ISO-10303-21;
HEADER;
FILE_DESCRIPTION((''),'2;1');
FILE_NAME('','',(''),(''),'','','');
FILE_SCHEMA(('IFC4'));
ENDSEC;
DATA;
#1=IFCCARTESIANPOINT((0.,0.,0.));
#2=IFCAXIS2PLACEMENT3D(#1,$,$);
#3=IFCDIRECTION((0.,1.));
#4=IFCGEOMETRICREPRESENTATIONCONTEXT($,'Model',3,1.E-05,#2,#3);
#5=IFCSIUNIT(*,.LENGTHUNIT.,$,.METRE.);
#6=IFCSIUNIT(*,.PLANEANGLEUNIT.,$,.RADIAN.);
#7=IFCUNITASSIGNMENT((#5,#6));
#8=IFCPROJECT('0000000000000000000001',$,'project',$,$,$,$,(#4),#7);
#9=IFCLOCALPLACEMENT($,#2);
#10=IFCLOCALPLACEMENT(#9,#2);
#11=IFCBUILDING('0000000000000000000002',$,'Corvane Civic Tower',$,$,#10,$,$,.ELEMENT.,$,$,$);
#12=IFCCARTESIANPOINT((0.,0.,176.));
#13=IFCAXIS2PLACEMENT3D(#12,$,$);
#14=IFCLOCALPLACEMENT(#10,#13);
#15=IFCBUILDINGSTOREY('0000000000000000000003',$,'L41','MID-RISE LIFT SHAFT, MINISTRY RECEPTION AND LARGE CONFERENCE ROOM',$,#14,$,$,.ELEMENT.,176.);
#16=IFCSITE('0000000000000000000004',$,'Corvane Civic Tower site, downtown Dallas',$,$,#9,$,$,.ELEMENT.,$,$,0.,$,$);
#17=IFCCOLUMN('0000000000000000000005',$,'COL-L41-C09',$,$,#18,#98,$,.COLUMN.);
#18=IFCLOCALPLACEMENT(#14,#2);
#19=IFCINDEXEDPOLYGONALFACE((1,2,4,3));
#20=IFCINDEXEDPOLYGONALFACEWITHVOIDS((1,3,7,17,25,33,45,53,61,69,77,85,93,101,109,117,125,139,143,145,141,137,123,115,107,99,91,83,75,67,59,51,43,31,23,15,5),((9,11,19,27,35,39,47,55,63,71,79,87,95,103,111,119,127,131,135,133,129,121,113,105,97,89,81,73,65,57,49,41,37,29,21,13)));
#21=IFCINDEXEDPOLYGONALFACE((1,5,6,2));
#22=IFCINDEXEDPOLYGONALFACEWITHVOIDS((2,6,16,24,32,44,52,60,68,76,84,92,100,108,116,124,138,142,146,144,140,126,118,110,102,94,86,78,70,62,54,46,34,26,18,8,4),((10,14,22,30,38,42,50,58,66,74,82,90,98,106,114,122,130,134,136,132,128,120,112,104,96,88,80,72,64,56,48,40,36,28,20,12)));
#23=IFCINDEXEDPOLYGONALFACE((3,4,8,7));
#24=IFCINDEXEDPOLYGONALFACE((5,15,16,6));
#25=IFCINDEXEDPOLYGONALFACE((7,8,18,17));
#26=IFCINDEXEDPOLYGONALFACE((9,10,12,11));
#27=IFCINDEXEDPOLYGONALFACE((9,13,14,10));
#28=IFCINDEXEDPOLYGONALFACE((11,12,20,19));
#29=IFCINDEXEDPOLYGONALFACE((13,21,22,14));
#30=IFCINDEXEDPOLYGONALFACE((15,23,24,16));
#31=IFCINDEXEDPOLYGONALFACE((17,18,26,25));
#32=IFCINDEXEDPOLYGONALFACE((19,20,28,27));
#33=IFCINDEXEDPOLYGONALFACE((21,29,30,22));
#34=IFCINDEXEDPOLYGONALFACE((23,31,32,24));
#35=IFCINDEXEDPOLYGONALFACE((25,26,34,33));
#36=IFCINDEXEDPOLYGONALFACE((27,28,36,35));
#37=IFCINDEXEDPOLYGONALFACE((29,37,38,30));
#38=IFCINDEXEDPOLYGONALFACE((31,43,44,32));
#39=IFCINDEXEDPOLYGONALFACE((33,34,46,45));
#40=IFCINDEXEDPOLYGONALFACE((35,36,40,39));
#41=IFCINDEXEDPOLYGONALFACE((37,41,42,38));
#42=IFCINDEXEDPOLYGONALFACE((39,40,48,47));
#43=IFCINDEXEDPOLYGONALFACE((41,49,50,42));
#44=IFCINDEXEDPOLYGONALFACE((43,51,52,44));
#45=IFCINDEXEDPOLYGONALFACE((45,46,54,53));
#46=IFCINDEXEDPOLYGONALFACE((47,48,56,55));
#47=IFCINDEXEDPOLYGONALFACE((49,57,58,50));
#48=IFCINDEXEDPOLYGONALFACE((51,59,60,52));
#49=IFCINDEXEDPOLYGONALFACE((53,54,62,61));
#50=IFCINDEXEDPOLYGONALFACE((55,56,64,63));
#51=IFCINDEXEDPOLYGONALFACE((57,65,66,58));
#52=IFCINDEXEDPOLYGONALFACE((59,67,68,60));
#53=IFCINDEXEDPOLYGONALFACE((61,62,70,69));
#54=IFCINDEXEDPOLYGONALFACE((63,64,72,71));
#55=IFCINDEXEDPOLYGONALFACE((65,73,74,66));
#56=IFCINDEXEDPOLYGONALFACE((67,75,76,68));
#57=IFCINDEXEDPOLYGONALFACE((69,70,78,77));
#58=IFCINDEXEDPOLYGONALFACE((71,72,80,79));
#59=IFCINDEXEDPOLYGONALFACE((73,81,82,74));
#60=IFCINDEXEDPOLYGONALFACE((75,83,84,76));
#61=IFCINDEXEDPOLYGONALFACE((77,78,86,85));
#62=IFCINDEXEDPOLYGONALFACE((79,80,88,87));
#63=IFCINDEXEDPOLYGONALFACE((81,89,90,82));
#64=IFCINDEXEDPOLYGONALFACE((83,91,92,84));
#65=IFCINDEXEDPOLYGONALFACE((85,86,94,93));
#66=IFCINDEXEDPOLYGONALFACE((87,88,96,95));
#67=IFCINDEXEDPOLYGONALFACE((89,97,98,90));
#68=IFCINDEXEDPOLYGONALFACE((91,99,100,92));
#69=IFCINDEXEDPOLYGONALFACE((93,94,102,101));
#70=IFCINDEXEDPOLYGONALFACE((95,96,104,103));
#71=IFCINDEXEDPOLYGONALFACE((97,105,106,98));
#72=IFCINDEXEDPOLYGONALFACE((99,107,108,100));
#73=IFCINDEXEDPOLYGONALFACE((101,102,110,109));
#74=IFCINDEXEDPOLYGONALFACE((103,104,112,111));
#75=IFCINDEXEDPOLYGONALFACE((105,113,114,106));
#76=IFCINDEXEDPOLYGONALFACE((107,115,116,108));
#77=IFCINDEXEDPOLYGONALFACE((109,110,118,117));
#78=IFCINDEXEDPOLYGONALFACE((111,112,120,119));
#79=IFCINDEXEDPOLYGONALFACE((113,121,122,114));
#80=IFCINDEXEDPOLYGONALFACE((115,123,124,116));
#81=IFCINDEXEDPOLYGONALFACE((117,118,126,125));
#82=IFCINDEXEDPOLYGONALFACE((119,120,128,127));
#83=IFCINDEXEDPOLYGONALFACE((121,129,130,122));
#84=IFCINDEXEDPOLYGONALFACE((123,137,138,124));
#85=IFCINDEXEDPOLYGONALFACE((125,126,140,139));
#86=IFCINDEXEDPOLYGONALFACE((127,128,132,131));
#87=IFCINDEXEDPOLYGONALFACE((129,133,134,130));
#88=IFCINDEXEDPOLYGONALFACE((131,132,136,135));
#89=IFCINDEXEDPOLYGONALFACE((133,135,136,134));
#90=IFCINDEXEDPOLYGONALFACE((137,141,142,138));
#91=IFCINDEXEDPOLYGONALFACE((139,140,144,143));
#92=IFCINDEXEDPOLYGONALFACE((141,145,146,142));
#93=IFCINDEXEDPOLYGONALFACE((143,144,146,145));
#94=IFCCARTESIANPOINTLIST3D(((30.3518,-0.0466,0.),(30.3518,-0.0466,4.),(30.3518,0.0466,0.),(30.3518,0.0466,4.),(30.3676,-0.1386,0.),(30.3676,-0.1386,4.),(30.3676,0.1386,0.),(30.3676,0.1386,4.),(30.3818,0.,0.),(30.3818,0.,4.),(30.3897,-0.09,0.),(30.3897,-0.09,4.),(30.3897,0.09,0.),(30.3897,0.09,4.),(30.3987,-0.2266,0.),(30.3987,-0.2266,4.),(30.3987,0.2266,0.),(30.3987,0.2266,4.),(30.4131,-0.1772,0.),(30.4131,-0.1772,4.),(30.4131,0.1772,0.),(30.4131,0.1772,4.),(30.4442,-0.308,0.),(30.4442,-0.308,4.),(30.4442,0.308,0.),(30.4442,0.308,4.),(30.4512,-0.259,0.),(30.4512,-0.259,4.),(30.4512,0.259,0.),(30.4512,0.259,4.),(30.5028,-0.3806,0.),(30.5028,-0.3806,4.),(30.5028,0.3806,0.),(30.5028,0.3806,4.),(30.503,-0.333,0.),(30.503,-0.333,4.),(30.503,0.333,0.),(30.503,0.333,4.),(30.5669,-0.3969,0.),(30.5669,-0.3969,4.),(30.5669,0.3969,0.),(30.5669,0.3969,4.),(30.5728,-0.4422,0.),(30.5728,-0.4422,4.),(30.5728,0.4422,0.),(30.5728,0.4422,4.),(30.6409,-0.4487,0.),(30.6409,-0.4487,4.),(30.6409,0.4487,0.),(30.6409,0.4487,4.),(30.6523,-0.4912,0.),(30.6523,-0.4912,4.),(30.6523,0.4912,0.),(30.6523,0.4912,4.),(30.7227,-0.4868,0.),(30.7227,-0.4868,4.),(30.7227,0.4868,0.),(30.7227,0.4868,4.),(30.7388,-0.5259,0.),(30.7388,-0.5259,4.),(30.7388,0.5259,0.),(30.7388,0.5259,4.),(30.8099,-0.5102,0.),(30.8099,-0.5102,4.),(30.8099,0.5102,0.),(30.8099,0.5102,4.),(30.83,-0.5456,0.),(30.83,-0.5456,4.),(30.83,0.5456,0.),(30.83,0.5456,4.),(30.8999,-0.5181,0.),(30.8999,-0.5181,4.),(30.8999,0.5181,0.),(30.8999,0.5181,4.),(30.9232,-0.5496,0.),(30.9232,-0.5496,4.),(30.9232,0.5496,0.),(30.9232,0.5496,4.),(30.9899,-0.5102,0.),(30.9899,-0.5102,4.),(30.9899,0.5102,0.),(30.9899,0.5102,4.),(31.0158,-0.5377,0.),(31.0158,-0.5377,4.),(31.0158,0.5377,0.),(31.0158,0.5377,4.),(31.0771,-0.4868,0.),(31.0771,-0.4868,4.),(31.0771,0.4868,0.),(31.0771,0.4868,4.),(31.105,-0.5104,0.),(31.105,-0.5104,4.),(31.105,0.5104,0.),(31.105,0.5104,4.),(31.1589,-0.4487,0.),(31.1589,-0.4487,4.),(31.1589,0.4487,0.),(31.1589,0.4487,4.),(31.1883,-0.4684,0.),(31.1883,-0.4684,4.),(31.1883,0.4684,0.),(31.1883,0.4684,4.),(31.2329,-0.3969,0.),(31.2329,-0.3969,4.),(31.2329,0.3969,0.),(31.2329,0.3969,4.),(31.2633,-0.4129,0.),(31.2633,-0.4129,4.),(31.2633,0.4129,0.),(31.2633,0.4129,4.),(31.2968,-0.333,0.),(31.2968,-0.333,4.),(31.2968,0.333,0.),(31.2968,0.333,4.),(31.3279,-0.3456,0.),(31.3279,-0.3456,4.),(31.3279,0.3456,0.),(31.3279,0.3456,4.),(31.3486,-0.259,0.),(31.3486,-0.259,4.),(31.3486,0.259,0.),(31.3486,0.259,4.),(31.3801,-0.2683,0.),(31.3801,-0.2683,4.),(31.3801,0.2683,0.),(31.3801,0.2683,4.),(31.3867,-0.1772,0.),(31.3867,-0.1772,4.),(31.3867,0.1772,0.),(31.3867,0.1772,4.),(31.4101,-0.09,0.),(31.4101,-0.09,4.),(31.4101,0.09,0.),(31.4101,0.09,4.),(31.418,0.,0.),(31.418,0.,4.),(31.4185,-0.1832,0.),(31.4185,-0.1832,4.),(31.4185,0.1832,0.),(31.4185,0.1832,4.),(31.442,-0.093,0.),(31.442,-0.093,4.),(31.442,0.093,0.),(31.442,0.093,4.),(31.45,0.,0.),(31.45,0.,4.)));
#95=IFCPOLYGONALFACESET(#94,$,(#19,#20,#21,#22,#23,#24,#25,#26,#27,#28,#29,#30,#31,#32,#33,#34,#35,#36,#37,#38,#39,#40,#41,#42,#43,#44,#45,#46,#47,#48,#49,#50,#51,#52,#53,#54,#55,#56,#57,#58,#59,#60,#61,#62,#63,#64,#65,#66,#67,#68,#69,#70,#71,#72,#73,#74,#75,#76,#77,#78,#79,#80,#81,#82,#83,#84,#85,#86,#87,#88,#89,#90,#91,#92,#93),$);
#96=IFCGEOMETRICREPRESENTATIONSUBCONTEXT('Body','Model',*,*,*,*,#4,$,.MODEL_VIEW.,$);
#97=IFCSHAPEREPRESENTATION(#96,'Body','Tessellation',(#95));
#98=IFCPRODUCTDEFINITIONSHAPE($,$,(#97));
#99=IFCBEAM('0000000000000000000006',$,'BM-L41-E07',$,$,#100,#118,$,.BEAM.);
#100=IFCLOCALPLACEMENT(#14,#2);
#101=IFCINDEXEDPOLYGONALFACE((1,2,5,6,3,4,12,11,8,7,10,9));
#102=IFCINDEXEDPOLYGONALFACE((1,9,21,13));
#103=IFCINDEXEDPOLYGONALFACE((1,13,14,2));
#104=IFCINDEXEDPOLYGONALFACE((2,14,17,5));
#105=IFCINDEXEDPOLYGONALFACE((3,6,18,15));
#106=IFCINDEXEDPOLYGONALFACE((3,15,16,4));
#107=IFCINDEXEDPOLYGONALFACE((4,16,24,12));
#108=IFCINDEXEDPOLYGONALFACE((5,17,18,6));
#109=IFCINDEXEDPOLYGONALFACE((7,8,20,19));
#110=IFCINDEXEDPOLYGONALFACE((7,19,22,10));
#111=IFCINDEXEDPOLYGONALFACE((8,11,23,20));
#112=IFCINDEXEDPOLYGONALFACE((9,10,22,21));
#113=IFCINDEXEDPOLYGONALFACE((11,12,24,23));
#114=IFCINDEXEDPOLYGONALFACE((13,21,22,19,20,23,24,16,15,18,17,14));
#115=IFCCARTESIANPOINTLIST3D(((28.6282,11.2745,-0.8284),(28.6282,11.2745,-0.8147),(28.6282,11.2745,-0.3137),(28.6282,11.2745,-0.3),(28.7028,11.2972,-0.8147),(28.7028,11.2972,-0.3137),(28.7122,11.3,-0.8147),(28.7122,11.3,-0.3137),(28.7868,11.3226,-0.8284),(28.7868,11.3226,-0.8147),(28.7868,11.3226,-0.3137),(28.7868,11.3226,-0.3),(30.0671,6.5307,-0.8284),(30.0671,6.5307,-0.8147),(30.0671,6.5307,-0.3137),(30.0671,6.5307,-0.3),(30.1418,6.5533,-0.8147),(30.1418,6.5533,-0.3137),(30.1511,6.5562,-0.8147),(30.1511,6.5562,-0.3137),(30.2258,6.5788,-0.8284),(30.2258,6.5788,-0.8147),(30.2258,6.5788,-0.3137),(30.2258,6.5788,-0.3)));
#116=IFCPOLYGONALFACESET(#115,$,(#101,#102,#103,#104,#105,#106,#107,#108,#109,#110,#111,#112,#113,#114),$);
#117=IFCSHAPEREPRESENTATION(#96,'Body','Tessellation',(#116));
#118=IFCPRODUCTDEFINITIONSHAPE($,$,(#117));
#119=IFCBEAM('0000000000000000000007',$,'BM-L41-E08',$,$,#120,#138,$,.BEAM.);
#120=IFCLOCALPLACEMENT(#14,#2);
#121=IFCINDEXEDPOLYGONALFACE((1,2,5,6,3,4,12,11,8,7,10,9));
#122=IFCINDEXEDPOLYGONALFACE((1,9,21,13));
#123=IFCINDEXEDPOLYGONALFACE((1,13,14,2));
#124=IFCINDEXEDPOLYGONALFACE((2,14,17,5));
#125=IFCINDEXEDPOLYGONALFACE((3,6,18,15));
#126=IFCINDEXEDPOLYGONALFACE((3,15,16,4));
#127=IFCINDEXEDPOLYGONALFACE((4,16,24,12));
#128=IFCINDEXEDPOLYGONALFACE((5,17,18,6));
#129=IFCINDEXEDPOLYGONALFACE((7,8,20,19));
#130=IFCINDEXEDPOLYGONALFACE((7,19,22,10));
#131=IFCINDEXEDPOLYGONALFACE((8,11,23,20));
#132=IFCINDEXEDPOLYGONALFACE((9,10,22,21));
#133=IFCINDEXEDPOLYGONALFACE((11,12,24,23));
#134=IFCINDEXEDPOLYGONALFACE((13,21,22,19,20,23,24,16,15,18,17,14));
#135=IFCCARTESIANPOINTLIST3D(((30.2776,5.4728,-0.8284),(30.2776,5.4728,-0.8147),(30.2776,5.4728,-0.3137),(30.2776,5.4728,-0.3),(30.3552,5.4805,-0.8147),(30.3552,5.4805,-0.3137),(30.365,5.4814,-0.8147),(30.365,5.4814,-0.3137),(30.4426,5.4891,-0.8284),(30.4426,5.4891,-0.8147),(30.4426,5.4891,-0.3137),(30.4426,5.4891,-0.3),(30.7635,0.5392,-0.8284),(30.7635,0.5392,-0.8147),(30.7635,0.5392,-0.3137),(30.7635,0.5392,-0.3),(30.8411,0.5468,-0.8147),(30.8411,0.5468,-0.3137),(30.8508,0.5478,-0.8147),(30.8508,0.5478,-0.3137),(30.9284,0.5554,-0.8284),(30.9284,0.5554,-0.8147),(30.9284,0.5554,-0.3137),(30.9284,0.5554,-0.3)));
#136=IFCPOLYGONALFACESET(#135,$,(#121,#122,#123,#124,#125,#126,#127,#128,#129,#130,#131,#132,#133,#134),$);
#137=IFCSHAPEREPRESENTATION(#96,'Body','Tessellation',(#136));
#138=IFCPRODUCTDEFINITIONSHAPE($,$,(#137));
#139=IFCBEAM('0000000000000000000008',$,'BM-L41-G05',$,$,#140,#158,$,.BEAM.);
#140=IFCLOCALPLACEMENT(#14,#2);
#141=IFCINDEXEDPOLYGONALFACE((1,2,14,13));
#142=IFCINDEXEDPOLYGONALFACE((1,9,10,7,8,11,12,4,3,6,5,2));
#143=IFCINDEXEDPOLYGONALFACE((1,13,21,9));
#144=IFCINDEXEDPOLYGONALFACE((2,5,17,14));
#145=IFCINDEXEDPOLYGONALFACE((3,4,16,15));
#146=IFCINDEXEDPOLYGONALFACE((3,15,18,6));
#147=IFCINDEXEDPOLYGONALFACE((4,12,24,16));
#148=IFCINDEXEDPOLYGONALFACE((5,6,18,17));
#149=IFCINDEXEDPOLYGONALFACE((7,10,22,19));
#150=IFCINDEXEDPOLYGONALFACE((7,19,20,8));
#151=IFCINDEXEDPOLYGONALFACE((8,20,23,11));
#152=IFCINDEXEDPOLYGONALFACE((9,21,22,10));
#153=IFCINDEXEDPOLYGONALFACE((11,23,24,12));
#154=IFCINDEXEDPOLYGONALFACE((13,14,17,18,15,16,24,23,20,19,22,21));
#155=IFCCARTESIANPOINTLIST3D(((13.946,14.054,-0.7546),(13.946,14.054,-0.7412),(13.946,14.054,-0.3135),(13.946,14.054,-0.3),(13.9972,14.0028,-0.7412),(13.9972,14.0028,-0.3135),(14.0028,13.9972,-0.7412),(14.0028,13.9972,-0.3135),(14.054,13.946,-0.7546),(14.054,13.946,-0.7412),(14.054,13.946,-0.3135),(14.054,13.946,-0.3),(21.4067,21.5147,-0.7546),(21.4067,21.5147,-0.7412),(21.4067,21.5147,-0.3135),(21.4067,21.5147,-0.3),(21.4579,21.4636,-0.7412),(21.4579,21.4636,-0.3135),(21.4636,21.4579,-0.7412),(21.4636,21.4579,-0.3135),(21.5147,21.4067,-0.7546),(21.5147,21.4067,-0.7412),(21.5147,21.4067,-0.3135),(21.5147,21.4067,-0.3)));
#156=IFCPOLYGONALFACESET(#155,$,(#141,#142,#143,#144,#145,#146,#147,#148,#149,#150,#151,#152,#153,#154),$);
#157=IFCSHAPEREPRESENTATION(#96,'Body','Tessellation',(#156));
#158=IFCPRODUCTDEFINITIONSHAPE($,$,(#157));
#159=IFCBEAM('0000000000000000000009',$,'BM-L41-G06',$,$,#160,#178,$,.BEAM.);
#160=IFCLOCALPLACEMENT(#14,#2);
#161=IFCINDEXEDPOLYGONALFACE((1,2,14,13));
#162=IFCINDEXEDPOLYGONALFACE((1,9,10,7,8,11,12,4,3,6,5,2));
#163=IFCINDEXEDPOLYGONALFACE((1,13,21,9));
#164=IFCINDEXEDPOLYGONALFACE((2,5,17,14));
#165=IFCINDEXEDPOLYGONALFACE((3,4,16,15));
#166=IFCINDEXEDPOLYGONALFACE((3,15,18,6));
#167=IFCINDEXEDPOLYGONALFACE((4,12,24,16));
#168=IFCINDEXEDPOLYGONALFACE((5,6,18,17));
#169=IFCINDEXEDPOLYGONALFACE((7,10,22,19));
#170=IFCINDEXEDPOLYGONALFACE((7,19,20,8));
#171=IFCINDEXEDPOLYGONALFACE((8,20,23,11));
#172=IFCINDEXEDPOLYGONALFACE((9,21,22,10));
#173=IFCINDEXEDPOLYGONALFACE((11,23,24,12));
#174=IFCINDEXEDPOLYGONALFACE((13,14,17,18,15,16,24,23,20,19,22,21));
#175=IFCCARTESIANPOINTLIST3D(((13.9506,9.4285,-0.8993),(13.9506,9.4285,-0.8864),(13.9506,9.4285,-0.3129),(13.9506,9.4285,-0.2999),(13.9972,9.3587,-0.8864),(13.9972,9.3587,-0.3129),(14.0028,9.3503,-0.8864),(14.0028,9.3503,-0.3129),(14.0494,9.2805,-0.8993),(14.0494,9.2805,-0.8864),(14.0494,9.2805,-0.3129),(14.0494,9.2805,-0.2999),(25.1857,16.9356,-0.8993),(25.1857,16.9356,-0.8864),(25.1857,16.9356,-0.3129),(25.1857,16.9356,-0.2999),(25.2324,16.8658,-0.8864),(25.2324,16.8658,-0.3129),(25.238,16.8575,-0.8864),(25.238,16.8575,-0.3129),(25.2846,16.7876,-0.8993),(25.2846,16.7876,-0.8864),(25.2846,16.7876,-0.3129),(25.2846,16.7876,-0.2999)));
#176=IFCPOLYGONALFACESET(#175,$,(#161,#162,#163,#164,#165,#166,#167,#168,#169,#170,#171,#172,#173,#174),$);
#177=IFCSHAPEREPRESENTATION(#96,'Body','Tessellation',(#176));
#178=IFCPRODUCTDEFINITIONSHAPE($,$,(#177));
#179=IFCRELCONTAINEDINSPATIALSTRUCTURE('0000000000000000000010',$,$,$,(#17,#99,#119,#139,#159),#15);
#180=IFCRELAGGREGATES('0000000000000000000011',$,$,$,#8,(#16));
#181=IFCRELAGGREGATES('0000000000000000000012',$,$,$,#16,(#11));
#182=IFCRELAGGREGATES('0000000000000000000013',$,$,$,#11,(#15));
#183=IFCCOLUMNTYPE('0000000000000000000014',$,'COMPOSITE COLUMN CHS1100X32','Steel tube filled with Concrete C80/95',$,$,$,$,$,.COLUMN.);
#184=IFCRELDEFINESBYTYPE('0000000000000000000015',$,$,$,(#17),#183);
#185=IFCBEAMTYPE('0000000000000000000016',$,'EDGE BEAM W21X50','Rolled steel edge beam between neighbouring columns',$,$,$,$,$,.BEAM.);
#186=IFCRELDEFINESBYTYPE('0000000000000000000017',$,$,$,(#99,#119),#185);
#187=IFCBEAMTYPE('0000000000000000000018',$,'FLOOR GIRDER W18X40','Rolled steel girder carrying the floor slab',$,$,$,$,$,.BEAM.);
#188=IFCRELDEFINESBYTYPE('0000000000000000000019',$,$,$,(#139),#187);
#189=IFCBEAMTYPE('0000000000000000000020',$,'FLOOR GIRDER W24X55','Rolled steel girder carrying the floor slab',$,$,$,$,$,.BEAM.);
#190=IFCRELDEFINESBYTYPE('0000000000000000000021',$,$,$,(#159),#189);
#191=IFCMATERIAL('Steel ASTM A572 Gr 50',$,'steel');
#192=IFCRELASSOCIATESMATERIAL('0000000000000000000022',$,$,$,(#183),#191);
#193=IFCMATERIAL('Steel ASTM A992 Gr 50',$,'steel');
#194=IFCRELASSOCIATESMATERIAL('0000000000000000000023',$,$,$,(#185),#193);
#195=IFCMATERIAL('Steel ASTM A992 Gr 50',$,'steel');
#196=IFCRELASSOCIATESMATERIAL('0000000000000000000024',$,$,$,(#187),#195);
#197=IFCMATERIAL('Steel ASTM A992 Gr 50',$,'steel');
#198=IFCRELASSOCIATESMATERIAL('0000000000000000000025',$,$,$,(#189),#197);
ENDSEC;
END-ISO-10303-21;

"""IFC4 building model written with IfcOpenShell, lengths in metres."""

from ifc_helpers import new_model, si_unit, direction, frame, origin, origin_2d, place, context, subcontext, project, spatial, hollow_circle, i_section, extrude, material, material_profile, profile_set, type_object, element, save


model = new_model("IFC4")

# Units and contexts
model_context = context("Model", 3, precision=1e-05, world=origin(), true_north=direction((0.0, 1.0)))
body_context = subcontext(model_context, "Body", "Model", "MODEL_VIEW")
ifc_project = project(units=[si_unit("LENGTHUNIT", "METRE"), si_unit("PLANEANGLEUNIT", "RADIAN")], contexts=[model_context])

# Site, building, storey
site_placement = place(None, origin())
site = spatial("IfcSite", under=ifc_project, at=site_placement, Name="Corvane Civic Tower site, downtown Dallas", CompositionType="ELEMENT", RefElevation=0.0)
building_placement = place(site_placement, origin())
building = spatial("IfcBuilding", under=site, at=building_placement, Name="Corvane Civic Tower", CompositionType="ELEMENT")
storey_placement = place(building_placement, frame((0.0, 0.0, 176.0)))
storey = spatial("IfcBuildingStorey", under=building, at=storey_placement, Name="L41", Description="MID-RISE LIFT SHAFT, MINISTRY RECEPTION AND LARGE CONFERENCE ROOM", CompositionType="ELEMENT", Elevation=176.0)

# Column
ifc_material_1 = material(Name="Steel ASTM A572 Gr 50", Category="steel")
ifc_material_profile_1 = material_profile(ifc_material_1, hollow_circle(Radius=0.55, WallThickness=0.032, at=origin_2d()), Name="CHS1100X32")
ifc_profile_set_1 = profile_set([ifc_material_profile_1], Name="Steel ASTM A572 Gr 50")
column_type = type_object("IfcColumnType", Name="COMPOSITE COLUMN CHS1100X32", Description="Steel tube filled with Concrete C80/95", PredefinedType="COLUMN", material=ifc_profile_set_1)
for number, where, z_axis, x_axis, name in (
    (1, (30.8999, 0.0, 0.0), (0.0, 0.0, 1.0), (1.0, 0.0, 0.0), "COL-L41-C09"),
):
    element("IfcColumn", number, at=place(storey_placement, frame(where, z_axis=z_axis, x_axis=x_axis)), inside=storey, type_object=column_type, Name=name, PredefinedType="COLUMN", context=body_context, shape_type="SweptSolid", body=[
        extrude(hollow_circle(Radius=0.55, WallThickness=0.032, at=origin_2d()), origin(), (0.0, 0.0, 1.0), 4.0),
    ])

# Beams
ifc_material_2 = material(Name="Steel ASTM A992 Gr 50", Category="steel")
ifc_material_profile_2 = material_profile(ifc_material_2, i_section(OverallWidth=0.1658, OverallDepth=0.5283, WebThickness=0.0098, FlangeThickness=0.0137, at=origin_2d()), Name="W21X50")
ifc_profile_set_2 = profile_set([ifc_material_profile_2], Name="Steel ASTM A992 Gr 50")
beam_type_1 = type_object("IfcBeamType", Name="EDGE BEAM W21X50", Description="Rolled steel edge beam between neighbouring columns", PredefinedType="BEAM", material=ifc_profile_set_2)
beam_1_placement = place(storey_placement, frame((28.7075, 11.2986, -0.5642), z_axis=(0.29027, -0.956945, 0.0), x_axis=(0.956945, 0.29027, 0.0)))
element("IfcBeam", 2, at=beam_1_placement, inside=storey, type_object=beam_type_1, Name="BM-L41-E07", PredefinedType="BEAM", context=body_context, shape_type="SweptSolid", body=[
    extrude(i_section(OverallWidth=0.1658, OverallDepth=0.5283, WebThickness=0.0098, FlangeThickness=0.0137, at=origin_2d()), origin(), (0.0, 0.0, 1.0), 4.9573),
])
beam_2_placement = place(storey_placement, frame((30.3601, 5.481, -0.5642), z_axis=(0.098002, -0.995186, 0.0), x_axis=(0.995186, 0.098002, 0.0)))
element("IfcBeam", 3, at=beam_2_placement, inside=storey, type_object=beam_type_1, Name="BM-L41-E08", PredefinedType="BEAM", context=body_context, shape_type="SweptSolid", body=[
    extrude(i_section(OverallWidth=0.1658, OverallDepth=0.5283, WebThickness=0.0098, FlangeThickness=0.0137, at=origin_2d()), origin(), (0.0, 0.0, 1.0), 4.9575),
])
ifc_material_3 = material(Name="Steel ASTM A992 Gr 50", Category="steel")
ifc_material_profile_3 = material_profile(ifc_material_3, i_section(OverallWidth=0.1528, OverallDepth=0.4546, WebThickness=0.0081, FlangeThickness=0.0134, at=origin_2d()), Name="W18X40")
ifc_profile_set_3 = profile_set([ifc_material_profile_3], Name="Steel ASTM A992 Gr 50")
beam_type_2 = type_object("IfcBeamType", Name="FLOOR GIRDER W18X40", Description="Rolled steel girder carrying the floor slab", PredefinedType="BEAM", material=ifc_profile_set_3)
beam_3_placement = place(storey_placement, frame((14.0, 14.0, -0.5273), z_axis=(0.707107, 0.707107, 0.0), x_axis=(-0.707107, 0.707107, 0.0)))
element("IfcBeam", 4, at=beam_3_placement, inside=storey, type_object=beam_type_2, Name="BM-L41-G05", PredefinedType="BEAM", context=body_context, shape_type="SweptSolid", body=[
    extrude(i_section(OverallWidth=0.1528, OverallDepth=0.4546, WebThickness=0.0081, FlangeThickness=0.0134, at=origin_2d()), origin(), (0.0, 0.0, 1.0), 10.551),
])
ifc_material_4 = material(Name="Steel ASTM A992 Gr 50", Category="steel")
ifc_material_profile_4 = material_profile(ifc_material_4, i_section(OverallWidth=0.178, OverallDepth=0.5994, WebThickness=0.01, FlangeThickness=0.0129, at=origin_2d()), Name="W24X55")
ifc_profile_set_4 = profile_set([ifc_material_profile_4], Name="Steel ASTM A992 Gr 50")
beam_type_3 = type_object("IfcBeamType", Name="FLOOR GIRDER W24X55", Description="Rolled steel girder carrying the floor slab", PredefinedType="BEAM", material=ifc_profile_set_4)
beam_4_placement = place(storey_placement, frame((14.0, 9.3545, -0.5996), z_axis=(0.831469, 0.555571, 0.0), x_axis=(-0.555571, 0.831469, 0.0)))
element("IfcBeam", 5, at=beam_4_placement, inside=storey, type_object=beam_type_3, Name="BM-L41-G06", PredefinedType="BEAM", context=body_context, shape_type="SweptSolid", body=[
    extrude(i_section(OverallWidth=0.178, OverallDepth=0.5994, WebThickness=0.01, FlangeThickness=0.0129, at=origin_2d()), origin(), (0.0, 0.0, 1.0), 13.5125),
])

save(model, "model.ifc")
